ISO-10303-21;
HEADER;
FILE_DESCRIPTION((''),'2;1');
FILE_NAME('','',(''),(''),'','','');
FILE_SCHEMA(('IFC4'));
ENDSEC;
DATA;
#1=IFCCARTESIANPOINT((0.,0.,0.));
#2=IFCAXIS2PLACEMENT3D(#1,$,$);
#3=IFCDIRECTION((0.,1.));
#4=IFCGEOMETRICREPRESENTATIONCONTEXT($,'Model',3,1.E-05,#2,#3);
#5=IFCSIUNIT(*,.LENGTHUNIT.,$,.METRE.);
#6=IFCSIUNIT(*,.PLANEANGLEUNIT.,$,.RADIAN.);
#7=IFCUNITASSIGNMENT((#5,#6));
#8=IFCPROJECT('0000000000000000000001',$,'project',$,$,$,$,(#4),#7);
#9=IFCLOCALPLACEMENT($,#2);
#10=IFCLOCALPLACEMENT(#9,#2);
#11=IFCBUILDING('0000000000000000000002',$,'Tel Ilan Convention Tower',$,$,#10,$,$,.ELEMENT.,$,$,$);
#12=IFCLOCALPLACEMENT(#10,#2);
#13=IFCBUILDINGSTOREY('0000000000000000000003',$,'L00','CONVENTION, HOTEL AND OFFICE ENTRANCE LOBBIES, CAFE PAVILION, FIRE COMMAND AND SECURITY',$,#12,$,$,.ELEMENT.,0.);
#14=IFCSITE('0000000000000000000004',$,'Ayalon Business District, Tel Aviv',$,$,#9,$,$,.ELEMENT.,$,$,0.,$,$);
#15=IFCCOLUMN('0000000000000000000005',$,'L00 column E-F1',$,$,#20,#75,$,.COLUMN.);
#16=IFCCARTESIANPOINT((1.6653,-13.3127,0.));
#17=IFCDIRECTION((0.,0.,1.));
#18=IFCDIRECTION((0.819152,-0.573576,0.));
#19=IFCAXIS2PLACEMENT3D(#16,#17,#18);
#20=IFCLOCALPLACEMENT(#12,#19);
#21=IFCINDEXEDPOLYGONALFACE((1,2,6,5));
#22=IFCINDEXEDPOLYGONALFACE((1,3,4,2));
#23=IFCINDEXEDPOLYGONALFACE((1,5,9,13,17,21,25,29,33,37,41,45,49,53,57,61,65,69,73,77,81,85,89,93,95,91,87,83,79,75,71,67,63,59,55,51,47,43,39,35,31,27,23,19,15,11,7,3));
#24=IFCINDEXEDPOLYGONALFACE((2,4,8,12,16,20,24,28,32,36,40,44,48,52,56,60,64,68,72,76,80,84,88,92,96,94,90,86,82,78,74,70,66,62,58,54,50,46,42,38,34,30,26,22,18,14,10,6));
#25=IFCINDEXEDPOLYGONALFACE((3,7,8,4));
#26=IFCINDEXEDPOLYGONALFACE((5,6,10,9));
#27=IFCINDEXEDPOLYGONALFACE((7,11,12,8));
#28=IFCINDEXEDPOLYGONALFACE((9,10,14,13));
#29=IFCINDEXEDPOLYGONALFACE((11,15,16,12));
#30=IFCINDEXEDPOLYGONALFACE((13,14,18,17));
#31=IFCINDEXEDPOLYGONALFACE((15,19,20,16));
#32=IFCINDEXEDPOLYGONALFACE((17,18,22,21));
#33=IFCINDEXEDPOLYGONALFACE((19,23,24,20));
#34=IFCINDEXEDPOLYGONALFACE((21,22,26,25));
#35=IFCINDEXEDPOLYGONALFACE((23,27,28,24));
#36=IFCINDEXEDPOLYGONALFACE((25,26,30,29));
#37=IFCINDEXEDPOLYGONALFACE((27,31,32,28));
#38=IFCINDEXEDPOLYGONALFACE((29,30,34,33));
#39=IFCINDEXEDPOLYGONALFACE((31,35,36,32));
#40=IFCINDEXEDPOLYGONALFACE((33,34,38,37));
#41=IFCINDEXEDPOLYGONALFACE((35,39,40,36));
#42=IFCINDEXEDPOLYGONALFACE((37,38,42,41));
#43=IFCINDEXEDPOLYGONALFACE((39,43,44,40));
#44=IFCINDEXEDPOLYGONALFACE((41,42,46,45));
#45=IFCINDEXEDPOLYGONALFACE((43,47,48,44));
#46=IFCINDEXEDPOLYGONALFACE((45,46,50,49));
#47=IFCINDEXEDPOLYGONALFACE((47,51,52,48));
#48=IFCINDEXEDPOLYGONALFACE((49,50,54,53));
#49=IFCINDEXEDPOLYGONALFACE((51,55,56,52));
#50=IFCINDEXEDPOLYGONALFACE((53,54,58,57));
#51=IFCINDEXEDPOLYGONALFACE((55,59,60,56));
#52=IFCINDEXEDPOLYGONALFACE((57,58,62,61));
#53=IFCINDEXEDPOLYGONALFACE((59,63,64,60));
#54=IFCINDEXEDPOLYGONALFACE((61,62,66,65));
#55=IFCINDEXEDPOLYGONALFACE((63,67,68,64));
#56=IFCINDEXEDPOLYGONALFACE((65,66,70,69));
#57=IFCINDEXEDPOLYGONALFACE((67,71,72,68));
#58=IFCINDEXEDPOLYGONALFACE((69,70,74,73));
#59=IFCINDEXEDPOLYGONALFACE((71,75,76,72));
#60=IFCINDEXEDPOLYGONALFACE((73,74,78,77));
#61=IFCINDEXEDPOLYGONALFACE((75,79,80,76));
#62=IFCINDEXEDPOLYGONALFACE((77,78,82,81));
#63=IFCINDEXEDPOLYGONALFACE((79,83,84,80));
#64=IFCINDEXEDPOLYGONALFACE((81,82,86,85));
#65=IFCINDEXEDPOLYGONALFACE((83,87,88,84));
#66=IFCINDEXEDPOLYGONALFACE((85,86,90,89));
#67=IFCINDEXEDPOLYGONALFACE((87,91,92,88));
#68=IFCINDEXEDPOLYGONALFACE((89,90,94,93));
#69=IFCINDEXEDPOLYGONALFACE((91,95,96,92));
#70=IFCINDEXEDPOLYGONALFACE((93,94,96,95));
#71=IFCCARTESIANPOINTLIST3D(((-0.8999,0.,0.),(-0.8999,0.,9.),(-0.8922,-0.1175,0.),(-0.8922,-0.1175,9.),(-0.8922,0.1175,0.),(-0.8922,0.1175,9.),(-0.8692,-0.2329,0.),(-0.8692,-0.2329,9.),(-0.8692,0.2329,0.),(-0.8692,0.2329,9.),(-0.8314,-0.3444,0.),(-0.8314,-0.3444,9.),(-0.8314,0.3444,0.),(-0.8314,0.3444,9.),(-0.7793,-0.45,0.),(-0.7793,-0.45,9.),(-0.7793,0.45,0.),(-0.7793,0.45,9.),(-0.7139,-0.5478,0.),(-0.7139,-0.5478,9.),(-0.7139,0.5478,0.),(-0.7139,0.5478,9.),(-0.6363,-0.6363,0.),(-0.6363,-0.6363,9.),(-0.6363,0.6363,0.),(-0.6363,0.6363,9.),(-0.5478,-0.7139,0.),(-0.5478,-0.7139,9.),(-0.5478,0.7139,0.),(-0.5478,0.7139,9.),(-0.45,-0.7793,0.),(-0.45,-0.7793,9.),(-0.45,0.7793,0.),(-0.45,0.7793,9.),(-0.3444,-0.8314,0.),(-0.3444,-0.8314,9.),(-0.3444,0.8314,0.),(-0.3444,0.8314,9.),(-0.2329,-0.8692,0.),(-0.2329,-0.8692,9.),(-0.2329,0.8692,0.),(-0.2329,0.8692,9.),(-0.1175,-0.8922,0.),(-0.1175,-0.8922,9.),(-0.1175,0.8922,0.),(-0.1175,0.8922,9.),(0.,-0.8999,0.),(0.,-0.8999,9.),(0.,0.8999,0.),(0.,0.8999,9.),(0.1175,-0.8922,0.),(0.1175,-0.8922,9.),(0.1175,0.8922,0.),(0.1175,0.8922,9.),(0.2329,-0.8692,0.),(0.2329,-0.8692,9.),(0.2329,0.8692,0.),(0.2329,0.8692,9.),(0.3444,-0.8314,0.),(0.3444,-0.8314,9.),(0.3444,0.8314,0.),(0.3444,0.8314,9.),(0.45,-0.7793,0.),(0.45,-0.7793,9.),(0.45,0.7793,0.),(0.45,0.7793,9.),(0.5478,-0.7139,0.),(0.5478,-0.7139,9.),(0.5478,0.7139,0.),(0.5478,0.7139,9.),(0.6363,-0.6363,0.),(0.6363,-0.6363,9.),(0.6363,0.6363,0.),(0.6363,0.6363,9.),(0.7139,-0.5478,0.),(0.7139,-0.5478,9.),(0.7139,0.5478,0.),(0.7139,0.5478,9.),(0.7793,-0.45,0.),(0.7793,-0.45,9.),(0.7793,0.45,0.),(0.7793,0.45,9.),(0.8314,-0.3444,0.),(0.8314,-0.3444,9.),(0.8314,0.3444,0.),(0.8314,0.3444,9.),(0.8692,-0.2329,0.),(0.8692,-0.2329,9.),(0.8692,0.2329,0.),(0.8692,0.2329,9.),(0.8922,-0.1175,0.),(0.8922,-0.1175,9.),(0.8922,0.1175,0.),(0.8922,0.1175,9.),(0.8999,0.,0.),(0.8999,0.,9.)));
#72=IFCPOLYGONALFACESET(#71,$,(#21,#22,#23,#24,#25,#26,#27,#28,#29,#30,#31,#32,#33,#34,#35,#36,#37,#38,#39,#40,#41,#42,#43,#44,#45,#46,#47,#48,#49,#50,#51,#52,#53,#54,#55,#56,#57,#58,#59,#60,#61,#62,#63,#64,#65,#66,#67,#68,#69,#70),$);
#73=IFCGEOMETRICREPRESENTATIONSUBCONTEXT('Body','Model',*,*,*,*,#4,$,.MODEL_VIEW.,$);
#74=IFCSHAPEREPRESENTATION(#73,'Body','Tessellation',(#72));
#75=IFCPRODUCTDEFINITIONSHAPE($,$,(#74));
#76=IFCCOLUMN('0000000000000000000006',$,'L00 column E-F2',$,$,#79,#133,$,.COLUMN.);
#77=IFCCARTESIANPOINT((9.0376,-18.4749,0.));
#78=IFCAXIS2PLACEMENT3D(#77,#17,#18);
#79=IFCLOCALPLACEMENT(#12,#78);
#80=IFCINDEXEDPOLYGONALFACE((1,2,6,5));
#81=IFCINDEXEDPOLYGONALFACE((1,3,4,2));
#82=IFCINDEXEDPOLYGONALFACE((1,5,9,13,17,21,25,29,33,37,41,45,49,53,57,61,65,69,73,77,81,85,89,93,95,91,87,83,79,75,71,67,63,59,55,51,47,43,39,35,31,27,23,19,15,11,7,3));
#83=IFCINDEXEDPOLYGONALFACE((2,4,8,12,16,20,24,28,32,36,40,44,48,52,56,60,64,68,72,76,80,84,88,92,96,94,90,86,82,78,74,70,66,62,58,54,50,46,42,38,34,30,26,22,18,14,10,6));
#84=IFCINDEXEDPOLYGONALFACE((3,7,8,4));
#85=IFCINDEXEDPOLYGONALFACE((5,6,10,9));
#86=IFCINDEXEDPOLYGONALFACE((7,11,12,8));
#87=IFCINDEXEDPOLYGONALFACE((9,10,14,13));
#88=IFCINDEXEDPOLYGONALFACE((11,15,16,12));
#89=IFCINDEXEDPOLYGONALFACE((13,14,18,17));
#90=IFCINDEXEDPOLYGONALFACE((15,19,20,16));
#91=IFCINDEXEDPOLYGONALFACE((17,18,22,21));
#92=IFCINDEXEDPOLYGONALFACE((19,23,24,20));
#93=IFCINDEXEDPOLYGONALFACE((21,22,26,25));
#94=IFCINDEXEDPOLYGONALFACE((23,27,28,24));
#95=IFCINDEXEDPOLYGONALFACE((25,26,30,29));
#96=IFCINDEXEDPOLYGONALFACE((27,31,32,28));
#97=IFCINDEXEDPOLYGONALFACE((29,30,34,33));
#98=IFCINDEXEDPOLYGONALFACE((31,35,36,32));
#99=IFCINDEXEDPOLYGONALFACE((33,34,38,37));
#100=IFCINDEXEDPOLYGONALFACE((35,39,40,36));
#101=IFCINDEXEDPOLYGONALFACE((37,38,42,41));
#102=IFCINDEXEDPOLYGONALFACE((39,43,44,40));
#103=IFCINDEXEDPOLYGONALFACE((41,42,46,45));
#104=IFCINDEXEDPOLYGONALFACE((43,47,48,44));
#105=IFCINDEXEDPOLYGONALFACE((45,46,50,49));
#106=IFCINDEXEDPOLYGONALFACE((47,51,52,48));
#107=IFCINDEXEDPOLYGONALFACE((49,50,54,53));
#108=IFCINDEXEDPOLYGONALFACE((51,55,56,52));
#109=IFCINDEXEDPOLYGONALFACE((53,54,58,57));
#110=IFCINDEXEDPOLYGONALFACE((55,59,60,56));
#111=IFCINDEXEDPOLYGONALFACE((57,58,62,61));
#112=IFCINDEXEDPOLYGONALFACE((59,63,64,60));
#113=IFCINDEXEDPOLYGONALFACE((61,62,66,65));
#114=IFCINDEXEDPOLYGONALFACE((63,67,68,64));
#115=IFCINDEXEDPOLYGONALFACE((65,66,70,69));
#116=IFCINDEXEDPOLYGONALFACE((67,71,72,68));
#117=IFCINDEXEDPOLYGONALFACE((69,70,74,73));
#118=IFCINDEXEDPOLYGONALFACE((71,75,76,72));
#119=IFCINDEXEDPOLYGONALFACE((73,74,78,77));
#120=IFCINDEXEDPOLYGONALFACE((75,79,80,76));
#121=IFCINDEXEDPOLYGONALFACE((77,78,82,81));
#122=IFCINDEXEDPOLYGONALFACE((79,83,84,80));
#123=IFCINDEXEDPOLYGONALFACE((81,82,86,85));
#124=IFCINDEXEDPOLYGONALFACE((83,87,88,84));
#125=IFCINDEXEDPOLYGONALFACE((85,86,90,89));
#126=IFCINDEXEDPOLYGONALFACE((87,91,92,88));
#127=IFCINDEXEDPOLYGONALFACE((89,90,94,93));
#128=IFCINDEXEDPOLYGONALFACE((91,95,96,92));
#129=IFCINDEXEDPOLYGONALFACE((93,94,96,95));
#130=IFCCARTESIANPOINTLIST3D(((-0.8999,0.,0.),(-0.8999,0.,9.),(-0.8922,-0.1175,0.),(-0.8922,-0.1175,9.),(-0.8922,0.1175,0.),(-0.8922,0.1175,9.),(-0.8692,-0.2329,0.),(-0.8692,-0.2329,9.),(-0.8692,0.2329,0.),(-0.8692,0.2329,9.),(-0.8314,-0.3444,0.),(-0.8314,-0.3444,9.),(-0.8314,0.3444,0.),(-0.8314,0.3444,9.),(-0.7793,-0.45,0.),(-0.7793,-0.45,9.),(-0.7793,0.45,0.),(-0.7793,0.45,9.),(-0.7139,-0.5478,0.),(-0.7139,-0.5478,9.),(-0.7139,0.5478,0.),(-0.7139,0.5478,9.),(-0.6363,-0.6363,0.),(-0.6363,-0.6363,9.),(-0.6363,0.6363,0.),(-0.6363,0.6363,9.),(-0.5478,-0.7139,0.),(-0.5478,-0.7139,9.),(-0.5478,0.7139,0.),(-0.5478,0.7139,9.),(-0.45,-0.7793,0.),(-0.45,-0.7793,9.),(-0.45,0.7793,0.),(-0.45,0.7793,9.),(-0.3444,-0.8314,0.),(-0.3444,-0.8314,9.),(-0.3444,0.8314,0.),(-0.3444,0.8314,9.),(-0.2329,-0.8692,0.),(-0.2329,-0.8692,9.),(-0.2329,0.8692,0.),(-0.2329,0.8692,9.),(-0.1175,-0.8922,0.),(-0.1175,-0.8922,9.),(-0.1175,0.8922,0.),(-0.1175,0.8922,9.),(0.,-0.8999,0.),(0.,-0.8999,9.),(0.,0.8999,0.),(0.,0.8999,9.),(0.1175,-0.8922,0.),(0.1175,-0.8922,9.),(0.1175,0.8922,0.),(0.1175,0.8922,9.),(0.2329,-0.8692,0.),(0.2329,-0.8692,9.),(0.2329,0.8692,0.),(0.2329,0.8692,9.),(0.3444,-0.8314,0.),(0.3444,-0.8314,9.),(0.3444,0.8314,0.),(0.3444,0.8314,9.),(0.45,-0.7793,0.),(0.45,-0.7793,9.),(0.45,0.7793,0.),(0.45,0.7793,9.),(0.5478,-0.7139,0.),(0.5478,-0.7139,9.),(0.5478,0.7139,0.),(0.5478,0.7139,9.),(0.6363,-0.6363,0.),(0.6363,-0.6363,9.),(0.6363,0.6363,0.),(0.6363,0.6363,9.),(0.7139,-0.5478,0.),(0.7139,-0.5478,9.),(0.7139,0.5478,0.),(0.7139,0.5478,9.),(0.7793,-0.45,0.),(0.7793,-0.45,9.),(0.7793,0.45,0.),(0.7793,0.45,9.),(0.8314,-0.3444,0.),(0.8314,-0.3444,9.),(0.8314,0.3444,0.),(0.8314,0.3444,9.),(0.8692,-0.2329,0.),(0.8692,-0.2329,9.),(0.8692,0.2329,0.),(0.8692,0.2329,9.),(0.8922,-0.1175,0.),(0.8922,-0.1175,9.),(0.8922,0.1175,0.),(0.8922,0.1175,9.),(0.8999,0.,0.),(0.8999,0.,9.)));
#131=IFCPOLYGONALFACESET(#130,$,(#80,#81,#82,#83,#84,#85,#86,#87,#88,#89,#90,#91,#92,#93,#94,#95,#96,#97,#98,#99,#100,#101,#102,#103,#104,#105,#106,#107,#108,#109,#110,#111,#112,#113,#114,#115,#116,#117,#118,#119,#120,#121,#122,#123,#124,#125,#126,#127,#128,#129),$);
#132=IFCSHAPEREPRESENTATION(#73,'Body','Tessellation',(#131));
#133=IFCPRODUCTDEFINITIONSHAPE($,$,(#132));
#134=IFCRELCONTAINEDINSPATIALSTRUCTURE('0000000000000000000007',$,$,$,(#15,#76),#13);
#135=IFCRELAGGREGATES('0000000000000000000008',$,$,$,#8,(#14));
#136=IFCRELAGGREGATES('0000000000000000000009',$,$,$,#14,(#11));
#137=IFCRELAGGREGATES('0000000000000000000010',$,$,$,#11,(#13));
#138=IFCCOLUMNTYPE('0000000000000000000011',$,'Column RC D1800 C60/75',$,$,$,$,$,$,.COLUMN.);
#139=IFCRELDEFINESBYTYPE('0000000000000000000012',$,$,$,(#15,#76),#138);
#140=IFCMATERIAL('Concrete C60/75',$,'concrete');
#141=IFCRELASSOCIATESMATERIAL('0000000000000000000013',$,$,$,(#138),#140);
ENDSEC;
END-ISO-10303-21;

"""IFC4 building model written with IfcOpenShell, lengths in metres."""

from ifc_helpers import new_model, si_unit, direction, frame, origin, origin_2d, place, context, subcontext, project, spatial, circle, extrude, material, material_profile, profile_set, type_object, element, save


model = new_model("IFC4")

# Units and contexts
model_context = context("Model", 3, precision=1e-05, world=origin(), true_north=direction((0.0, 1.0)))
body_context = subcontext(model_context, "Body", "Model", "MODEL_VIEW")
ifc_project = project(units=[si_unit("LENGTHUNIT", "METRE"), si_unit("PLANEANGLEUNIT", "RADIAN")], contexts=[model_context])

# Site, building, storey
site_placement = place(None, origin())
site = spatial("IfcSite", under=ifc_project, at=site_placement, Name="Ayalon Business District, Tel Aviv", CompositionType="ELEMENT", RefElevation=0.0)
building_placement = place(site_placement, origin())
building = spatial("IfcBuilding", under=site, at=building_placement, Name="Tel Ilan Convention Tower", CompositionType="ELEMENT")
storey_placement = place(building_placement, origin())
storey = spatial("IfcBuildingStorey", under=building, at=storey_placement, Name="L00", Description="CONVENTION, HOTEL AND OFFICE ENTRANCE LOBBIES, CAFE PAVILION, FIRE COMMAND AND SECURITY", CompositionType="ELEMENT", Elevation=0.0)

# Columns
ifc_material_1 = material(Name="Concrete C60/75", Category="concrete")
ifc_material_profile_1 = material_profile(ifc_material_1, circle(Radius=0.8999, at=origin_2d()), Name="RC D1800")
ifc_profile_set_1 = profile_set([ifc_material_profile_1], Name="Concrete C60/75")
column_type = type_object("IfcColumnType", Name="Column RC D1800 C60/75", PredefinedType="COLUMN", material=ifc_profile_set_1)
for number, where, z_axis, x_axis, name in (
    (1, (1.6653, -13.3127, 0.0), (0.0, 0.0, 1.0), (0.819152, -0.573576, 0.0), "L00 column E-F1"),
    (2, (9.0376, -18.4749, 0.0), (0.0, 0.0, 1.0), (0.819152, -0.573576, 0.0), "L00 column E-F2"),
):
    element("IfcColumn", number, at=place(storey_placement, frame(where, z_axis=z_axis, x_axis=x_axis)), inside=storey, type_object=column_type, Name=name, PredefinedType="COLUMN", context=body_context, shape_type="SweptSolid", body=[
        extrude(circle(Radius=0.8999, at=origin_2d()), origin(), (0.0, 0.0, 1.0), 9.0),
    ])

save(model, "model.ifc")
